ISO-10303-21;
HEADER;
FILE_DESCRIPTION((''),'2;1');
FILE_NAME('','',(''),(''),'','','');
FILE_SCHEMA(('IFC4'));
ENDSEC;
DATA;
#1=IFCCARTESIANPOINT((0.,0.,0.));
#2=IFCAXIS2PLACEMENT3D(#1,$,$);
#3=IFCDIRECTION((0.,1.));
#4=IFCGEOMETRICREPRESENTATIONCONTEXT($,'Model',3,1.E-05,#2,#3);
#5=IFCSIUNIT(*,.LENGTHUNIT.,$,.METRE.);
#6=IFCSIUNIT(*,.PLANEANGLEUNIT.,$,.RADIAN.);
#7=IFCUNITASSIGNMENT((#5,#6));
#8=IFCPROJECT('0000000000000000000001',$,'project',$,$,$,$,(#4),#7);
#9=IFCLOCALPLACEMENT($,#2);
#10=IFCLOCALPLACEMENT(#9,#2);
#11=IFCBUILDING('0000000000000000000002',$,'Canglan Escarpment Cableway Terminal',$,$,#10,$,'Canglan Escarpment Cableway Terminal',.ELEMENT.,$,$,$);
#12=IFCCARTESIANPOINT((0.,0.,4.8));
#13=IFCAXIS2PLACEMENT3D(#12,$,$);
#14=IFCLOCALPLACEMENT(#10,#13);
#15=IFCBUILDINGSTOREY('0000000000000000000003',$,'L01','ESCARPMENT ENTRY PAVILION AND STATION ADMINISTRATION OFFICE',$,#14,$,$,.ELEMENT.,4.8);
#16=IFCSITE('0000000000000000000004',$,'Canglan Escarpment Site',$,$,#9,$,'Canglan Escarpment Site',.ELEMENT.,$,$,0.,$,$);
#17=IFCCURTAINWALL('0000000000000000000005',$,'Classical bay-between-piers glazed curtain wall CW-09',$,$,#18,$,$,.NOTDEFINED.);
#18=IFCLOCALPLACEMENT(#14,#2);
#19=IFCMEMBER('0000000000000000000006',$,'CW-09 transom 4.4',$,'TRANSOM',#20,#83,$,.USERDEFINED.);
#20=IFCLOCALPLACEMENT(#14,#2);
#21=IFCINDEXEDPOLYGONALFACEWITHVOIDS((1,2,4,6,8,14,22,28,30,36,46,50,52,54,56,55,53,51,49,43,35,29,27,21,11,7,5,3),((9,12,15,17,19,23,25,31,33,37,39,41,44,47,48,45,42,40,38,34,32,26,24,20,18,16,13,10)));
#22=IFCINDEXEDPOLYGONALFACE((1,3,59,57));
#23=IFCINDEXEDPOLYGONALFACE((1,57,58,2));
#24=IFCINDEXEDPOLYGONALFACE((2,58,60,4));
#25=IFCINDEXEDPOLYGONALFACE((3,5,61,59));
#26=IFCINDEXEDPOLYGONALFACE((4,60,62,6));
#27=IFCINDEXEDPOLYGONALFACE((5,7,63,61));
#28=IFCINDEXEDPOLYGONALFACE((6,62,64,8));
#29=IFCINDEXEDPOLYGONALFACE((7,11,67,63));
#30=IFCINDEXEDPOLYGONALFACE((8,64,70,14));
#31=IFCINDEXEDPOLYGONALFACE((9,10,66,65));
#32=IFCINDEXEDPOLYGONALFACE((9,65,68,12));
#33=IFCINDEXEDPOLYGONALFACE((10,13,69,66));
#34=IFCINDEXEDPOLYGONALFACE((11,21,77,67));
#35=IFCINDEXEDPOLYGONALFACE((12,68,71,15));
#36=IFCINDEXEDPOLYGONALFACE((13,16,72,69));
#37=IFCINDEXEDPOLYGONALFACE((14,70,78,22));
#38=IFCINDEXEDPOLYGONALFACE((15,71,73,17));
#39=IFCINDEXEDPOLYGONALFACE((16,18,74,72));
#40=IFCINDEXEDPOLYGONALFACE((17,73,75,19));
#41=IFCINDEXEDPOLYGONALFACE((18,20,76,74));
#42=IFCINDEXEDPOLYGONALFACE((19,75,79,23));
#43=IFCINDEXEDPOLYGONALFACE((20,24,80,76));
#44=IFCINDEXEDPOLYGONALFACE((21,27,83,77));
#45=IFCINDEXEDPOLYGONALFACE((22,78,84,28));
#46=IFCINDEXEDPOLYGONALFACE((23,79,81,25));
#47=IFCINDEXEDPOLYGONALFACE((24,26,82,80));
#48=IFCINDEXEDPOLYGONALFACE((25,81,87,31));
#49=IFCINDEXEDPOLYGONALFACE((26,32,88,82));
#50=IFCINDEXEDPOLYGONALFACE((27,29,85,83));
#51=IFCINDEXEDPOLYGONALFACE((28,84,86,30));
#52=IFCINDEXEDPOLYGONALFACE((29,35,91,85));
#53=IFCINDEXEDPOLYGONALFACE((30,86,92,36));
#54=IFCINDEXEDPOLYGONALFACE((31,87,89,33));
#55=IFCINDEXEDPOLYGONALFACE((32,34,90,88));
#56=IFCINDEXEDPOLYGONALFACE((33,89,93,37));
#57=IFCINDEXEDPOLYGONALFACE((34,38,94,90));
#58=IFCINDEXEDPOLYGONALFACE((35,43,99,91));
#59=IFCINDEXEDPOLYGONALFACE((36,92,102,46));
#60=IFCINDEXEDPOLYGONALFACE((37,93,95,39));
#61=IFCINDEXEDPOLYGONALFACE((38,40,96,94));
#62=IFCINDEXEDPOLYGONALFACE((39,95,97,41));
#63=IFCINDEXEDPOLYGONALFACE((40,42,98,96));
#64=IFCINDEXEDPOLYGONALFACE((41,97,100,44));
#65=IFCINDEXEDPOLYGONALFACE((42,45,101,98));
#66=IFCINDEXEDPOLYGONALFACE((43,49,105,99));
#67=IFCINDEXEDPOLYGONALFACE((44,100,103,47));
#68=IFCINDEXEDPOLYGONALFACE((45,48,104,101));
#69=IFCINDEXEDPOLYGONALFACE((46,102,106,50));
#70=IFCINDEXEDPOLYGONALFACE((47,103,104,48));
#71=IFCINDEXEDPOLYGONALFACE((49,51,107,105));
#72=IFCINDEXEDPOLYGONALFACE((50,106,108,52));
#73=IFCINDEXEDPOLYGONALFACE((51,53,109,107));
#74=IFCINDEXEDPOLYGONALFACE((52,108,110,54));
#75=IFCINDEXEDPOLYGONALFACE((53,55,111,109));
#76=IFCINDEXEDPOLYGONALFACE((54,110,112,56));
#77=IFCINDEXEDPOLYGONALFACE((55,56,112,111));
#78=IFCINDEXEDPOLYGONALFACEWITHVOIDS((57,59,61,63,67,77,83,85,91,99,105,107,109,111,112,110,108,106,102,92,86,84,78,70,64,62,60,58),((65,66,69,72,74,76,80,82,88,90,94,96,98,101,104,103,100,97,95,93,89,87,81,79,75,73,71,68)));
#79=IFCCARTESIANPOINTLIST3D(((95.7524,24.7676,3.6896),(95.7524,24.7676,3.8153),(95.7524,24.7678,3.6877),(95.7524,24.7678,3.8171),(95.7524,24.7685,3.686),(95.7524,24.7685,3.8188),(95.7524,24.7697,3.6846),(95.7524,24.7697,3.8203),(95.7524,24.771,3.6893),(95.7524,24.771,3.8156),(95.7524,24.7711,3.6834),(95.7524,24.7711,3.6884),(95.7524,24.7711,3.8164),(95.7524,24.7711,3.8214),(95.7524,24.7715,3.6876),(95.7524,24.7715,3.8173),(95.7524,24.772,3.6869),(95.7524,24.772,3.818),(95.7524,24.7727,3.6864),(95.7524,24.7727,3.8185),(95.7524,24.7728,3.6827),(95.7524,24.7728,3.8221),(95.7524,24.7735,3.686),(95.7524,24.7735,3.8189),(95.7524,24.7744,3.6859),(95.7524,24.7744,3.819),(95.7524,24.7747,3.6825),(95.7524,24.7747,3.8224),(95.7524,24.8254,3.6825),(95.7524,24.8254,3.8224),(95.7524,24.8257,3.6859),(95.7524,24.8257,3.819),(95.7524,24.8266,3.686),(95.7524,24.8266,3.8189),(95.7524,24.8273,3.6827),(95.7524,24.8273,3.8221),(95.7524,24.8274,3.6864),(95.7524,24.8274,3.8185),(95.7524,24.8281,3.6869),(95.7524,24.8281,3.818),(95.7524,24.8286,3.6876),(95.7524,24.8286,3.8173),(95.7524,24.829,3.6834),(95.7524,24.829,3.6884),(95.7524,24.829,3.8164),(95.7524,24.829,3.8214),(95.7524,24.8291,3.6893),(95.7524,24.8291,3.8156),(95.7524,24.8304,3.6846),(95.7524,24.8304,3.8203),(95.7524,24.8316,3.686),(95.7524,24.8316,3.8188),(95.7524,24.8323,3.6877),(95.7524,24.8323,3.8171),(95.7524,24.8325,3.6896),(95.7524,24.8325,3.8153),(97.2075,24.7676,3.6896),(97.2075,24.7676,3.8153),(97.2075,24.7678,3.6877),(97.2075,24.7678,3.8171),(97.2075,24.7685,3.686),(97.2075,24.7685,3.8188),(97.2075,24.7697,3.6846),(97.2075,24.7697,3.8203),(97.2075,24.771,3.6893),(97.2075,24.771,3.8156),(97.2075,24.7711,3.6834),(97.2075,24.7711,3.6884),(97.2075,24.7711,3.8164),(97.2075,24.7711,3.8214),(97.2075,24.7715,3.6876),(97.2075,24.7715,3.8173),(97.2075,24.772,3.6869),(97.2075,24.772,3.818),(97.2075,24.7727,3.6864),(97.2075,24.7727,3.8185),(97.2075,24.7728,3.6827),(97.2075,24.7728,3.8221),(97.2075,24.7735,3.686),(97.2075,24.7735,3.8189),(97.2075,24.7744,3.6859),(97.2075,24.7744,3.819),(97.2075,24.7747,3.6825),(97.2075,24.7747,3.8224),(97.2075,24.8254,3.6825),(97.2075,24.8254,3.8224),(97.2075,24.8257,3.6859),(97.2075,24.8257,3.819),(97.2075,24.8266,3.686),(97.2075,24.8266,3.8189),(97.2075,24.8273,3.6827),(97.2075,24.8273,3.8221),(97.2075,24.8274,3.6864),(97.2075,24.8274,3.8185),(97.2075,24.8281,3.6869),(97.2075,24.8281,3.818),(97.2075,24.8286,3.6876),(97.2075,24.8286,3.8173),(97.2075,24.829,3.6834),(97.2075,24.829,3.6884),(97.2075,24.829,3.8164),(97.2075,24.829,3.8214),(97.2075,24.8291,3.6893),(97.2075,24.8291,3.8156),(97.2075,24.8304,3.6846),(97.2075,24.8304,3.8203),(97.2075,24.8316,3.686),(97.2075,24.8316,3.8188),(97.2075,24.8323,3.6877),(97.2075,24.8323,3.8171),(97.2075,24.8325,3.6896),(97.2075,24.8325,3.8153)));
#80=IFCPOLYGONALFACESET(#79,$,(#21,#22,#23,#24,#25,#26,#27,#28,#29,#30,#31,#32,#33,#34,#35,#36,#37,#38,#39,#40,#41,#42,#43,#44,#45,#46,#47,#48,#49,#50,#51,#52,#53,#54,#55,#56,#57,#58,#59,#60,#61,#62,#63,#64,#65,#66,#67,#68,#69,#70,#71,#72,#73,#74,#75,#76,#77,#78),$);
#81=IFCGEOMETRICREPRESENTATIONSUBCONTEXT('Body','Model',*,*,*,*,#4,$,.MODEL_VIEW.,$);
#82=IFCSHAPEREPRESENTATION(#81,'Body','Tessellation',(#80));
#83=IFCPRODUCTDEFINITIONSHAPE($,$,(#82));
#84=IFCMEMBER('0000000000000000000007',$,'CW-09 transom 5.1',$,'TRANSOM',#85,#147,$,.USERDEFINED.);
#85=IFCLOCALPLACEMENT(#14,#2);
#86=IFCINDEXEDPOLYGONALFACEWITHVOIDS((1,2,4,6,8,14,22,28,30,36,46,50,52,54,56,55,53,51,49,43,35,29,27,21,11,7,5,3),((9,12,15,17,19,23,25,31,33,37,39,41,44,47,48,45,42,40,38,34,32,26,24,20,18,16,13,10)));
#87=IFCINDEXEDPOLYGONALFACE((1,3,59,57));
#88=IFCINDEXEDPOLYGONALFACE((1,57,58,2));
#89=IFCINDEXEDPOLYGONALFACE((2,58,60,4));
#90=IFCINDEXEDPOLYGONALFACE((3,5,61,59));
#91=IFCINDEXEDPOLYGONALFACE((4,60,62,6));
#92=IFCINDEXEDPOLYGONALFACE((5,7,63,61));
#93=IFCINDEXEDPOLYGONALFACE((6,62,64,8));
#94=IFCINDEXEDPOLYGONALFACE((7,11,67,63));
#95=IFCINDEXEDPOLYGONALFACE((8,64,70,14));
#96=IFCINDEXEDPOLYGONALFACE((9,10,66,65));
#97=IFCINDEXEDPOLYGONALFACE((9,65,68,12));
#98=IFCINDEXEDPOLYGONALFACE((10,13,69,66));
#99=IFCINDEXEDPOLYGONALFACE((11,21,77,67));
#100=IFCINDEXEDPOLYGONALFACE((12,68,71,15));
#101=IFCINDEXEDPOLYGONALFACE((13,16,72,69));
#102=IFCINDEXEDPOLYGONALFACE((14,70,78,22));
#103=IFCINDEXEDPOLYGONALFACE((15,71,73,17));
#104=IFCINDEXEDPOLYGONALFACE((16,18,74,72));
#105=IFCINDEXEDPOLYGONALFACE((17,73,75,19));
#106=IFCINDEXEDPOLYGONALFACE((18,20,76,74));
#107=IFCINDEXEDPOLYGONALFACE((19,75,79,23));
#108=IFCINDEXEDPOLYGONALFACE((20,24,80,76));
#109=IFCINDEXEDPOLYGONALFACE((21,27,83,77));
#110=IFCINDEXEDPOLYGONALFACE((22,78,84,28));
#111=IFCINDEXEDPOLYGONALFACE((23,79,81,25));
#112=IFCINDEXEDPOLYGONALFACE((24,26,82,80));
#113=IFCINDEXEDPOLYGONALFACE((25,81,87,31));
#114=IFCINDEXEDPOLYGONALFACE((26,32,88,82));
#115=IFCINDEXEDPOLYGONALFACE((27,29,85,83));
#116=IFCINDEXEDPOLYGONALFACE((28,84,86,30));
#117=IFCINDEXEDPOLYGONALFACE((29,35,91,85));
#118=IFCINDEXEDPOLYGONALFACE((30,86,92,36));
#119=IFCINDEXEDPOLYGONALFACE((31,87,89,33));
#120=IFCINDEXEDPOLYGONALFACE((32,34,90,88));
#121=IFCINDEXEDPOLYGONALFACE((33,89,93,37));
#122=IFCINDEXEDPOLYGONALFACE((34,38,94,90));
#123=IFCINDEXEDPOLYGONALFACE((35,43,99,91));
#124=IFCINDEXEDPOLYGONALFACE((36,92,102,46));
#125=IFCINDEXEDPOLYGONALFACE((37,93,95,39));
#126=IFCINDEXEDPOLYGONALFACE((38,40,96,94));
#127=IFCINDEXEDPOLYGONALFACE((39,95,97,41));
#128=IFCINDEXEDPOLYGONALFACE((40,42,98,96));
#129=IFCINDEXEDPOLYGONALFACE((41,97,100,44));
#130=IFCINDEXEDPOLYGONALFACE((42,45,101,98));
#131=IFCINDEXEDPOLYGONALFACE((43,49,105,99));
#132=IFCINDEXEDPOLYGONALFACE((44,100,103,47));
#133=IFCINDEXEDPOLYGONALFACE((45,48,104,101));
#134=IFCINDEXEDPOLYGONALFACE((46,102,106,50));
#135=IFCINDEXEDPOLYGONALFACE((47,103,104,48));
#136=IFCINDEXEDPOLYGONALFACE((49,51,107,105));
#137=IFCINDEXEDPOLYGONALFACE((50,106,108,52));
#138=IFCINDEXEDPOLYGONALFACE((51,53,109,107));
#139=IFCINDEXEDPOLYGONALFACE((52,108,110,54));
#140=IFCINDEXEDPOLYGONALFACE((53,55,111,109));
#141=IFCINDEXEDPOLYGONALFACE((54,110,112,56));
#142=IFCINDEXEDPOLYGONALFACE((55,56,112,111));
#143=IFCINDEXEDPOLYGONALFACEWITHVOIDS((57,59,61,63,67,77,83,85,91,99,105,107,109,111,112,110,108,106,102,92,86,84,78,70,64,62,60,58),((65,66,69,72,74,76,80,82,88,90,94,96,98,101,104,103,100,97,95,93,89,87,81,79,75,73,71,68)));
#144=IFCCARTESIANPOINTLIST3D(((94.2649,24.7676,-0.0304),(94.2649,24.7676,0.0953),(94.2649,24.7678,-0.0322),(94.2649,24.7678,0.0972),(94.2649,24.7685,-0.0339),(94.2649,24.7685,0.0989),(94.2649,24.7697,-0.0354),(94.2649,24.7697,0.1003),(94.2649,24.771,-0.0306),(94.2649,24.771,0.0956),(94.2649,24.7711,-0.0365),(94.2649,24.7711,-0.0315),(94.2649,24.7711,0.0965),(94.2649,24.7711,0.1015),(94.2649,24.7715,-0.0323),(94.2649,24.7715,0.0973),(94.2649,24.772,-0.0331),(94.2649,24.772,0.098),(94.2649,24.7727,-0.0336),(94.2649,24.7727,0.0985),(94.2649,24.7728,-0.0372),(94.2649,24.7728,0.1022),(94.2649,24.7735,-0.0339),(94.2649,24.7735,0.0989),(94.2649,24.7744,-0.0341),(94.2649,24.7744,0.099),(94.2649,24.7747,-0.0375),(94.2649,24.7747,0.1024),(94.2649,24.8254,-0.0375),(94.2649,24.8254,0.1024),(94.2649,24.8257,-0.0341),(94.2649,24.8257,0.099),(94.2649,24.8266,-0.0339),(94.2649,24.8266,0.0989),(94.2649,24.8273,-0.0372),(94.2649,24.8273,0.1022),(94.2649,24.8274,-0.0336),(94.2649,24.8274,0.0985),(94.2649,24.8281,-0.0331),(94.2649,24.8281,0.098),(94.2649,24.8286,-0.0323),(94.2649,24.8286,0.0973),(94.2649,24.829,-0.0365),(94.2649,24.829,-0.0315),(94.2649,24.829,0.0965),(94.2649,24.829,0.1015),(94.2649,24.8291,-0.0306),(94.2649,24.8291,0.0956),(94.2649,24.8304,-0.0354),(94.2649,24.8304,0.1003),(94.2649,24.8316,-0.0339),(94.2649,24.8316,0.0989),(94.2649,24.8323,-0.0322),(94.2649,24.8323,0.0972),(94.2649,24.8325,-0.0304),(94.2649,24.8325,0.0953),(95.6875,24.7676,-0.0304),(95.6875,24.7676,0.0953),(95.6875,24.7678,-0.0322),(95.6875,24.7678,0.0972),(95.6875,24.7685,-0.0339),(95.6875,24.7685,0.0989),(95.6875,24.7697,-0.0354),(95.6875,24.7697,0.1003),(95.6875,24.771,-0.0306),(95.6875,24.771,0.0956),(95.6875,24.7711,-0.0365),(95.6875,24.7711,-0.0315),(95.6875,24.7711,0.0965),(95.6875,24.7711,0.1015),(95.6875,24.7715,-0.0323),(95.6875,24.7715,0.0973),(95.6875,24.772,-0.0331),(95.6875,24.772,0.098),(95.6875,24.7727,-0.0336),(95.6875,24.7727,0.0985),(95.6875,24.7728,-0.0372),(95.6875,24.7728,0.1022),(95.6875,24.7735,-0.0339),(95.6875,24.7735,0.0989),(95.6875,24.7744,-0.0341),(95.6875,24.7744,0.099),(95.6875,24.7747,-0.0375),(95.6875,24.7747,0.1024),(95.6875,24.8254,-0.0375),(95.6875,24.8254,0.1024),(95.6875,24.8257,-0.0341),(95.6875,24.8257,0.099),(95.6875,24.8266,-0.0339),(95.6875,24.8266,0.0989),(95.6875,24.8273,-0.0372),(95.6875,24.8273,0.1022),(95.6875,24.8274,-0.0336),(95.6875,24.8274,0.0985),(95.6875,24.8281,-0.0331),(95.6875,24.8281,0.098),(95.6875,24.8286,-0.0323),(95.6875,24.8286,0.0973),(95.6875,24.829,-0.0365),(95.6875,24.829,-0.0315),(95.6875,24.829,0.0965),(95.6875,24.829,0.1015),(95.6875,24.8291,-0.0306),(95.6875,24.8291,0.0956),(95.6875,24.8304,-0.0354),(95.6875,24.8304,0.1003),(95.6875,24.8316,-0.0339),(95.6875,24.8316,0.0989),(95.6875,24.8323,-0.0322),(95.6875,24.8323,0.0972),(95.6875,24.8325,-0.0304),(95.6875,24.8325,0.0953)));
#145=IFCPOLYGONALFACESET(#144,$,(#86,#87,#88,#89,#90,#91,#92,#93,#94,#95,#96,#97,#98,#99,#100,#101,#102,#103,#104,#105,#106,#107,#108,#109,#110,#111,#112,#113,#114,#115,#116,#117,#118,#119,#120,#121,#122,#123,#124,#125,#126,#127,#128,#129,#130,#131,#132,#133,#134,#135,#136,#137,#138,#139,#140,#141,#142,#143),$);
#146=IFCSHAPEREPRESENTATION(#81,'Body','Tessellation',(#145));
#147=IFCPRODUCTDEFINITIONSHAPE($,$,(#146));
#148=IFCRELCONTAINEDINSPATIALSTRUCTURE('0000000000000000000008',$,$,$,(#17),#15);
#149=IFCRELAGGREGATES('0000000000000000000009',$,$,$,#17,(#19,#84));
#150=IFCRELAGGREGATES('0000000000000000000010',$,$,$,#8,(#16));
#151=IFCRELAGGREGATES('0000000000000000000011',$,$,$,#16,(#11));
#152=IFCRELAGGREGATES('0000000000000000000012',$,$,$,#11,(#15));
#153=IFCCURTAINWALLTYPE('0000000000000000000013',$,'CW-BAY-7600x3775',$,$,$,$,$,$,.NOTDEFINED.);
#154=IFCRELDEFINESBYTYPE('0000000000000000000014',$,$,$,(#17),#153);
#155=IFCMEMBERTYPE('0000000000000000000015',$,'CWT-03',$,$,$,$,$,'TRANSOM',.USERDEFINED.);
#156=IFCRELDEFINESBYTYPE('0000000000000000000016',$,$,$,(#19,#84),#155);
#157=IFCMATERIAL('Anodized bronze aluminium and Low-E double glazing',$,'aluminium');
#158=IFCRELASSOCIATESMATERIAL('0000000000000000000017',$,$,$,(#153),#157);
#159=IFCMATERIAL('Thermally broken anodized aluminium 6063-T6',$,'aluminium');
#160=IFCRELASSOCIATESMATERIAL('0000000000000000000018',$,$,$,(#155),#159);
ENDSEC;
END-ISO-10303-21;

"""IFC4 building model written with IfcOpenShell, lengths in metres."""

from ifc_helpers import new_model, si_unit, direction, frame, origin, origin_2d, place, context, subcontext, project, spatial, hollow_rectangle, extrude, material, material_profile, profile_set, type_object, element, aggregate, save


model = new_model("IFC4")

# Units and contexts
model_context = context("Model", 3, precision=1e-05, world=origin(), true_north=direction((0.0, 1.0)))
body_context = subcontext(model_context, "Body", "Model", "MODEL_VIEW")
ifc_project = project(units=[si_unit("LENGTHUNIT", "METRE"), si_unit("PLANEANGLEUNIT", "RADIAN")], contexts=[model_context])

# Site, building, storey
site_placement = place(None, origin())
site = spatial("IfcSite", under=ifc_project, at=site_placement, Name="Canglan Escarpment Site", LongName="Canglan Escarpment Site", CompositionType="ELEMENT", RefElevation=0.0)
building_placement = place(site_placement, origin())
building = spatial("IfcBuilding", under=site, at=building_placement, Name="Canglan Escarpment Cableway Terminal", LongName="Canglan Escarpment Cableway Terminal", CompositionType="ELEMENT")
storey_placement = place(building_placement, frame((0.0, 0.0, 4.8)))
storey = spatial("IfcBuildingStorey", under=building, at=storey_placement, Name="L01", Description="ESCARPMENT ENTRY PAVILION AND STATION ADMINISTRATION OFFICE", CompositionType="ELEMENT", Elevation=4.8)

# Curtain wall, members
ifc_material_1 = material(Name="Anodized bronze aluminium and Low-E double glazing", Category="aluminium")
curtain_wall_type = type_object("IfcCurtainWallType", Name="CW-BAY-7600x3775", PredefinedType="NOTDEFINED", material=ifc_material_1)
curtain_wall_placement = place(storey_placement, origin())
curtain_wall = element("IfcCurtainWall", 1, at=curtain_wall_placement, inside=storey, type_object=curtain_wall_type, Name="Classical bay-between-piers glazed curtain wall CW-09", PredefinedType="NOTDEFINED")
ifc_material_2 = material(Name="Thermally broken anodized aluminium 6063-T6", Category="aluminium")
ifc_material_profile_1 = material_profile(ifc_material_2, hollow_rectangle(XDim=0.0649, YDim=0.1399, WallThickness=0.0034, InnerFilletRadius=0.0034, OuterFilletRadius=0.0071, at=origin_2d()), Name="ALU-TRAN 65x140x3.5")
ifc_profile_set_1 = profile_set([ifc_material_profile_1], Name="Thermally broken anodized aluminium 6063-T6")
member_type_1 = type_object("IfcMemberType", Name="CWT-03", ElementType="TRANSOM", PredefinedType="USERDEFINED", material=ifc_profile_set_1)
member_1_placement = place(storey_placement, frame((97.2075, 24.8, 3.7524), z_axis=(-1.0, 0.0, 0.0), x_axis=(0.0, -1.0, 0.0)))
member_1 = element("IfcMember", 2, at=member_1_placement, type_object=member_type_1, Name="CW-09 transom 4.4", ObjectType="TRANSOM", PredefinedType="USERDEFINED", context=body_context, shape_type="SweptSolid", body=[
    extrude(hollow_rectangle(XDim=0.0649, YDim=0.1399, WallThickness=0.0034, InnerFilletRadius=0.0034, OuterFilletRadius=0.0071, at=origin_2d()), origin(), (0.0, 0.0, 1.0), 1.4551),
])
member_2_placement = place(storey_placement, frame((95.6875, 24.8, 0.0325), z_axis=(-1.0, 0.0, 0.0), x_axis=(0.0, -1.0, 0.0)))
member_2 = element("IfcMember", 3, at=member_2_placement, type_object=member_type_1, Name="CW-09 transom 5.1", ObjectType="TRANSOM", PredefinedType="USERDEFINED", context=body_context, shape_type="SweptSolid", body=[
    extrude(hollow_rectangle(XDim=0.0649, YDim=0.1399, WallThickness=0.0034, InnerFilletRadius=0.0034, OuterFilletRadius=0.0071, at=origin_2d()), origin(), (0.0, 0.0, 1.0), 1.4226),
])
aggregate(curtain_wall, [member_1, member_2])

save(model, "model.ifc")
